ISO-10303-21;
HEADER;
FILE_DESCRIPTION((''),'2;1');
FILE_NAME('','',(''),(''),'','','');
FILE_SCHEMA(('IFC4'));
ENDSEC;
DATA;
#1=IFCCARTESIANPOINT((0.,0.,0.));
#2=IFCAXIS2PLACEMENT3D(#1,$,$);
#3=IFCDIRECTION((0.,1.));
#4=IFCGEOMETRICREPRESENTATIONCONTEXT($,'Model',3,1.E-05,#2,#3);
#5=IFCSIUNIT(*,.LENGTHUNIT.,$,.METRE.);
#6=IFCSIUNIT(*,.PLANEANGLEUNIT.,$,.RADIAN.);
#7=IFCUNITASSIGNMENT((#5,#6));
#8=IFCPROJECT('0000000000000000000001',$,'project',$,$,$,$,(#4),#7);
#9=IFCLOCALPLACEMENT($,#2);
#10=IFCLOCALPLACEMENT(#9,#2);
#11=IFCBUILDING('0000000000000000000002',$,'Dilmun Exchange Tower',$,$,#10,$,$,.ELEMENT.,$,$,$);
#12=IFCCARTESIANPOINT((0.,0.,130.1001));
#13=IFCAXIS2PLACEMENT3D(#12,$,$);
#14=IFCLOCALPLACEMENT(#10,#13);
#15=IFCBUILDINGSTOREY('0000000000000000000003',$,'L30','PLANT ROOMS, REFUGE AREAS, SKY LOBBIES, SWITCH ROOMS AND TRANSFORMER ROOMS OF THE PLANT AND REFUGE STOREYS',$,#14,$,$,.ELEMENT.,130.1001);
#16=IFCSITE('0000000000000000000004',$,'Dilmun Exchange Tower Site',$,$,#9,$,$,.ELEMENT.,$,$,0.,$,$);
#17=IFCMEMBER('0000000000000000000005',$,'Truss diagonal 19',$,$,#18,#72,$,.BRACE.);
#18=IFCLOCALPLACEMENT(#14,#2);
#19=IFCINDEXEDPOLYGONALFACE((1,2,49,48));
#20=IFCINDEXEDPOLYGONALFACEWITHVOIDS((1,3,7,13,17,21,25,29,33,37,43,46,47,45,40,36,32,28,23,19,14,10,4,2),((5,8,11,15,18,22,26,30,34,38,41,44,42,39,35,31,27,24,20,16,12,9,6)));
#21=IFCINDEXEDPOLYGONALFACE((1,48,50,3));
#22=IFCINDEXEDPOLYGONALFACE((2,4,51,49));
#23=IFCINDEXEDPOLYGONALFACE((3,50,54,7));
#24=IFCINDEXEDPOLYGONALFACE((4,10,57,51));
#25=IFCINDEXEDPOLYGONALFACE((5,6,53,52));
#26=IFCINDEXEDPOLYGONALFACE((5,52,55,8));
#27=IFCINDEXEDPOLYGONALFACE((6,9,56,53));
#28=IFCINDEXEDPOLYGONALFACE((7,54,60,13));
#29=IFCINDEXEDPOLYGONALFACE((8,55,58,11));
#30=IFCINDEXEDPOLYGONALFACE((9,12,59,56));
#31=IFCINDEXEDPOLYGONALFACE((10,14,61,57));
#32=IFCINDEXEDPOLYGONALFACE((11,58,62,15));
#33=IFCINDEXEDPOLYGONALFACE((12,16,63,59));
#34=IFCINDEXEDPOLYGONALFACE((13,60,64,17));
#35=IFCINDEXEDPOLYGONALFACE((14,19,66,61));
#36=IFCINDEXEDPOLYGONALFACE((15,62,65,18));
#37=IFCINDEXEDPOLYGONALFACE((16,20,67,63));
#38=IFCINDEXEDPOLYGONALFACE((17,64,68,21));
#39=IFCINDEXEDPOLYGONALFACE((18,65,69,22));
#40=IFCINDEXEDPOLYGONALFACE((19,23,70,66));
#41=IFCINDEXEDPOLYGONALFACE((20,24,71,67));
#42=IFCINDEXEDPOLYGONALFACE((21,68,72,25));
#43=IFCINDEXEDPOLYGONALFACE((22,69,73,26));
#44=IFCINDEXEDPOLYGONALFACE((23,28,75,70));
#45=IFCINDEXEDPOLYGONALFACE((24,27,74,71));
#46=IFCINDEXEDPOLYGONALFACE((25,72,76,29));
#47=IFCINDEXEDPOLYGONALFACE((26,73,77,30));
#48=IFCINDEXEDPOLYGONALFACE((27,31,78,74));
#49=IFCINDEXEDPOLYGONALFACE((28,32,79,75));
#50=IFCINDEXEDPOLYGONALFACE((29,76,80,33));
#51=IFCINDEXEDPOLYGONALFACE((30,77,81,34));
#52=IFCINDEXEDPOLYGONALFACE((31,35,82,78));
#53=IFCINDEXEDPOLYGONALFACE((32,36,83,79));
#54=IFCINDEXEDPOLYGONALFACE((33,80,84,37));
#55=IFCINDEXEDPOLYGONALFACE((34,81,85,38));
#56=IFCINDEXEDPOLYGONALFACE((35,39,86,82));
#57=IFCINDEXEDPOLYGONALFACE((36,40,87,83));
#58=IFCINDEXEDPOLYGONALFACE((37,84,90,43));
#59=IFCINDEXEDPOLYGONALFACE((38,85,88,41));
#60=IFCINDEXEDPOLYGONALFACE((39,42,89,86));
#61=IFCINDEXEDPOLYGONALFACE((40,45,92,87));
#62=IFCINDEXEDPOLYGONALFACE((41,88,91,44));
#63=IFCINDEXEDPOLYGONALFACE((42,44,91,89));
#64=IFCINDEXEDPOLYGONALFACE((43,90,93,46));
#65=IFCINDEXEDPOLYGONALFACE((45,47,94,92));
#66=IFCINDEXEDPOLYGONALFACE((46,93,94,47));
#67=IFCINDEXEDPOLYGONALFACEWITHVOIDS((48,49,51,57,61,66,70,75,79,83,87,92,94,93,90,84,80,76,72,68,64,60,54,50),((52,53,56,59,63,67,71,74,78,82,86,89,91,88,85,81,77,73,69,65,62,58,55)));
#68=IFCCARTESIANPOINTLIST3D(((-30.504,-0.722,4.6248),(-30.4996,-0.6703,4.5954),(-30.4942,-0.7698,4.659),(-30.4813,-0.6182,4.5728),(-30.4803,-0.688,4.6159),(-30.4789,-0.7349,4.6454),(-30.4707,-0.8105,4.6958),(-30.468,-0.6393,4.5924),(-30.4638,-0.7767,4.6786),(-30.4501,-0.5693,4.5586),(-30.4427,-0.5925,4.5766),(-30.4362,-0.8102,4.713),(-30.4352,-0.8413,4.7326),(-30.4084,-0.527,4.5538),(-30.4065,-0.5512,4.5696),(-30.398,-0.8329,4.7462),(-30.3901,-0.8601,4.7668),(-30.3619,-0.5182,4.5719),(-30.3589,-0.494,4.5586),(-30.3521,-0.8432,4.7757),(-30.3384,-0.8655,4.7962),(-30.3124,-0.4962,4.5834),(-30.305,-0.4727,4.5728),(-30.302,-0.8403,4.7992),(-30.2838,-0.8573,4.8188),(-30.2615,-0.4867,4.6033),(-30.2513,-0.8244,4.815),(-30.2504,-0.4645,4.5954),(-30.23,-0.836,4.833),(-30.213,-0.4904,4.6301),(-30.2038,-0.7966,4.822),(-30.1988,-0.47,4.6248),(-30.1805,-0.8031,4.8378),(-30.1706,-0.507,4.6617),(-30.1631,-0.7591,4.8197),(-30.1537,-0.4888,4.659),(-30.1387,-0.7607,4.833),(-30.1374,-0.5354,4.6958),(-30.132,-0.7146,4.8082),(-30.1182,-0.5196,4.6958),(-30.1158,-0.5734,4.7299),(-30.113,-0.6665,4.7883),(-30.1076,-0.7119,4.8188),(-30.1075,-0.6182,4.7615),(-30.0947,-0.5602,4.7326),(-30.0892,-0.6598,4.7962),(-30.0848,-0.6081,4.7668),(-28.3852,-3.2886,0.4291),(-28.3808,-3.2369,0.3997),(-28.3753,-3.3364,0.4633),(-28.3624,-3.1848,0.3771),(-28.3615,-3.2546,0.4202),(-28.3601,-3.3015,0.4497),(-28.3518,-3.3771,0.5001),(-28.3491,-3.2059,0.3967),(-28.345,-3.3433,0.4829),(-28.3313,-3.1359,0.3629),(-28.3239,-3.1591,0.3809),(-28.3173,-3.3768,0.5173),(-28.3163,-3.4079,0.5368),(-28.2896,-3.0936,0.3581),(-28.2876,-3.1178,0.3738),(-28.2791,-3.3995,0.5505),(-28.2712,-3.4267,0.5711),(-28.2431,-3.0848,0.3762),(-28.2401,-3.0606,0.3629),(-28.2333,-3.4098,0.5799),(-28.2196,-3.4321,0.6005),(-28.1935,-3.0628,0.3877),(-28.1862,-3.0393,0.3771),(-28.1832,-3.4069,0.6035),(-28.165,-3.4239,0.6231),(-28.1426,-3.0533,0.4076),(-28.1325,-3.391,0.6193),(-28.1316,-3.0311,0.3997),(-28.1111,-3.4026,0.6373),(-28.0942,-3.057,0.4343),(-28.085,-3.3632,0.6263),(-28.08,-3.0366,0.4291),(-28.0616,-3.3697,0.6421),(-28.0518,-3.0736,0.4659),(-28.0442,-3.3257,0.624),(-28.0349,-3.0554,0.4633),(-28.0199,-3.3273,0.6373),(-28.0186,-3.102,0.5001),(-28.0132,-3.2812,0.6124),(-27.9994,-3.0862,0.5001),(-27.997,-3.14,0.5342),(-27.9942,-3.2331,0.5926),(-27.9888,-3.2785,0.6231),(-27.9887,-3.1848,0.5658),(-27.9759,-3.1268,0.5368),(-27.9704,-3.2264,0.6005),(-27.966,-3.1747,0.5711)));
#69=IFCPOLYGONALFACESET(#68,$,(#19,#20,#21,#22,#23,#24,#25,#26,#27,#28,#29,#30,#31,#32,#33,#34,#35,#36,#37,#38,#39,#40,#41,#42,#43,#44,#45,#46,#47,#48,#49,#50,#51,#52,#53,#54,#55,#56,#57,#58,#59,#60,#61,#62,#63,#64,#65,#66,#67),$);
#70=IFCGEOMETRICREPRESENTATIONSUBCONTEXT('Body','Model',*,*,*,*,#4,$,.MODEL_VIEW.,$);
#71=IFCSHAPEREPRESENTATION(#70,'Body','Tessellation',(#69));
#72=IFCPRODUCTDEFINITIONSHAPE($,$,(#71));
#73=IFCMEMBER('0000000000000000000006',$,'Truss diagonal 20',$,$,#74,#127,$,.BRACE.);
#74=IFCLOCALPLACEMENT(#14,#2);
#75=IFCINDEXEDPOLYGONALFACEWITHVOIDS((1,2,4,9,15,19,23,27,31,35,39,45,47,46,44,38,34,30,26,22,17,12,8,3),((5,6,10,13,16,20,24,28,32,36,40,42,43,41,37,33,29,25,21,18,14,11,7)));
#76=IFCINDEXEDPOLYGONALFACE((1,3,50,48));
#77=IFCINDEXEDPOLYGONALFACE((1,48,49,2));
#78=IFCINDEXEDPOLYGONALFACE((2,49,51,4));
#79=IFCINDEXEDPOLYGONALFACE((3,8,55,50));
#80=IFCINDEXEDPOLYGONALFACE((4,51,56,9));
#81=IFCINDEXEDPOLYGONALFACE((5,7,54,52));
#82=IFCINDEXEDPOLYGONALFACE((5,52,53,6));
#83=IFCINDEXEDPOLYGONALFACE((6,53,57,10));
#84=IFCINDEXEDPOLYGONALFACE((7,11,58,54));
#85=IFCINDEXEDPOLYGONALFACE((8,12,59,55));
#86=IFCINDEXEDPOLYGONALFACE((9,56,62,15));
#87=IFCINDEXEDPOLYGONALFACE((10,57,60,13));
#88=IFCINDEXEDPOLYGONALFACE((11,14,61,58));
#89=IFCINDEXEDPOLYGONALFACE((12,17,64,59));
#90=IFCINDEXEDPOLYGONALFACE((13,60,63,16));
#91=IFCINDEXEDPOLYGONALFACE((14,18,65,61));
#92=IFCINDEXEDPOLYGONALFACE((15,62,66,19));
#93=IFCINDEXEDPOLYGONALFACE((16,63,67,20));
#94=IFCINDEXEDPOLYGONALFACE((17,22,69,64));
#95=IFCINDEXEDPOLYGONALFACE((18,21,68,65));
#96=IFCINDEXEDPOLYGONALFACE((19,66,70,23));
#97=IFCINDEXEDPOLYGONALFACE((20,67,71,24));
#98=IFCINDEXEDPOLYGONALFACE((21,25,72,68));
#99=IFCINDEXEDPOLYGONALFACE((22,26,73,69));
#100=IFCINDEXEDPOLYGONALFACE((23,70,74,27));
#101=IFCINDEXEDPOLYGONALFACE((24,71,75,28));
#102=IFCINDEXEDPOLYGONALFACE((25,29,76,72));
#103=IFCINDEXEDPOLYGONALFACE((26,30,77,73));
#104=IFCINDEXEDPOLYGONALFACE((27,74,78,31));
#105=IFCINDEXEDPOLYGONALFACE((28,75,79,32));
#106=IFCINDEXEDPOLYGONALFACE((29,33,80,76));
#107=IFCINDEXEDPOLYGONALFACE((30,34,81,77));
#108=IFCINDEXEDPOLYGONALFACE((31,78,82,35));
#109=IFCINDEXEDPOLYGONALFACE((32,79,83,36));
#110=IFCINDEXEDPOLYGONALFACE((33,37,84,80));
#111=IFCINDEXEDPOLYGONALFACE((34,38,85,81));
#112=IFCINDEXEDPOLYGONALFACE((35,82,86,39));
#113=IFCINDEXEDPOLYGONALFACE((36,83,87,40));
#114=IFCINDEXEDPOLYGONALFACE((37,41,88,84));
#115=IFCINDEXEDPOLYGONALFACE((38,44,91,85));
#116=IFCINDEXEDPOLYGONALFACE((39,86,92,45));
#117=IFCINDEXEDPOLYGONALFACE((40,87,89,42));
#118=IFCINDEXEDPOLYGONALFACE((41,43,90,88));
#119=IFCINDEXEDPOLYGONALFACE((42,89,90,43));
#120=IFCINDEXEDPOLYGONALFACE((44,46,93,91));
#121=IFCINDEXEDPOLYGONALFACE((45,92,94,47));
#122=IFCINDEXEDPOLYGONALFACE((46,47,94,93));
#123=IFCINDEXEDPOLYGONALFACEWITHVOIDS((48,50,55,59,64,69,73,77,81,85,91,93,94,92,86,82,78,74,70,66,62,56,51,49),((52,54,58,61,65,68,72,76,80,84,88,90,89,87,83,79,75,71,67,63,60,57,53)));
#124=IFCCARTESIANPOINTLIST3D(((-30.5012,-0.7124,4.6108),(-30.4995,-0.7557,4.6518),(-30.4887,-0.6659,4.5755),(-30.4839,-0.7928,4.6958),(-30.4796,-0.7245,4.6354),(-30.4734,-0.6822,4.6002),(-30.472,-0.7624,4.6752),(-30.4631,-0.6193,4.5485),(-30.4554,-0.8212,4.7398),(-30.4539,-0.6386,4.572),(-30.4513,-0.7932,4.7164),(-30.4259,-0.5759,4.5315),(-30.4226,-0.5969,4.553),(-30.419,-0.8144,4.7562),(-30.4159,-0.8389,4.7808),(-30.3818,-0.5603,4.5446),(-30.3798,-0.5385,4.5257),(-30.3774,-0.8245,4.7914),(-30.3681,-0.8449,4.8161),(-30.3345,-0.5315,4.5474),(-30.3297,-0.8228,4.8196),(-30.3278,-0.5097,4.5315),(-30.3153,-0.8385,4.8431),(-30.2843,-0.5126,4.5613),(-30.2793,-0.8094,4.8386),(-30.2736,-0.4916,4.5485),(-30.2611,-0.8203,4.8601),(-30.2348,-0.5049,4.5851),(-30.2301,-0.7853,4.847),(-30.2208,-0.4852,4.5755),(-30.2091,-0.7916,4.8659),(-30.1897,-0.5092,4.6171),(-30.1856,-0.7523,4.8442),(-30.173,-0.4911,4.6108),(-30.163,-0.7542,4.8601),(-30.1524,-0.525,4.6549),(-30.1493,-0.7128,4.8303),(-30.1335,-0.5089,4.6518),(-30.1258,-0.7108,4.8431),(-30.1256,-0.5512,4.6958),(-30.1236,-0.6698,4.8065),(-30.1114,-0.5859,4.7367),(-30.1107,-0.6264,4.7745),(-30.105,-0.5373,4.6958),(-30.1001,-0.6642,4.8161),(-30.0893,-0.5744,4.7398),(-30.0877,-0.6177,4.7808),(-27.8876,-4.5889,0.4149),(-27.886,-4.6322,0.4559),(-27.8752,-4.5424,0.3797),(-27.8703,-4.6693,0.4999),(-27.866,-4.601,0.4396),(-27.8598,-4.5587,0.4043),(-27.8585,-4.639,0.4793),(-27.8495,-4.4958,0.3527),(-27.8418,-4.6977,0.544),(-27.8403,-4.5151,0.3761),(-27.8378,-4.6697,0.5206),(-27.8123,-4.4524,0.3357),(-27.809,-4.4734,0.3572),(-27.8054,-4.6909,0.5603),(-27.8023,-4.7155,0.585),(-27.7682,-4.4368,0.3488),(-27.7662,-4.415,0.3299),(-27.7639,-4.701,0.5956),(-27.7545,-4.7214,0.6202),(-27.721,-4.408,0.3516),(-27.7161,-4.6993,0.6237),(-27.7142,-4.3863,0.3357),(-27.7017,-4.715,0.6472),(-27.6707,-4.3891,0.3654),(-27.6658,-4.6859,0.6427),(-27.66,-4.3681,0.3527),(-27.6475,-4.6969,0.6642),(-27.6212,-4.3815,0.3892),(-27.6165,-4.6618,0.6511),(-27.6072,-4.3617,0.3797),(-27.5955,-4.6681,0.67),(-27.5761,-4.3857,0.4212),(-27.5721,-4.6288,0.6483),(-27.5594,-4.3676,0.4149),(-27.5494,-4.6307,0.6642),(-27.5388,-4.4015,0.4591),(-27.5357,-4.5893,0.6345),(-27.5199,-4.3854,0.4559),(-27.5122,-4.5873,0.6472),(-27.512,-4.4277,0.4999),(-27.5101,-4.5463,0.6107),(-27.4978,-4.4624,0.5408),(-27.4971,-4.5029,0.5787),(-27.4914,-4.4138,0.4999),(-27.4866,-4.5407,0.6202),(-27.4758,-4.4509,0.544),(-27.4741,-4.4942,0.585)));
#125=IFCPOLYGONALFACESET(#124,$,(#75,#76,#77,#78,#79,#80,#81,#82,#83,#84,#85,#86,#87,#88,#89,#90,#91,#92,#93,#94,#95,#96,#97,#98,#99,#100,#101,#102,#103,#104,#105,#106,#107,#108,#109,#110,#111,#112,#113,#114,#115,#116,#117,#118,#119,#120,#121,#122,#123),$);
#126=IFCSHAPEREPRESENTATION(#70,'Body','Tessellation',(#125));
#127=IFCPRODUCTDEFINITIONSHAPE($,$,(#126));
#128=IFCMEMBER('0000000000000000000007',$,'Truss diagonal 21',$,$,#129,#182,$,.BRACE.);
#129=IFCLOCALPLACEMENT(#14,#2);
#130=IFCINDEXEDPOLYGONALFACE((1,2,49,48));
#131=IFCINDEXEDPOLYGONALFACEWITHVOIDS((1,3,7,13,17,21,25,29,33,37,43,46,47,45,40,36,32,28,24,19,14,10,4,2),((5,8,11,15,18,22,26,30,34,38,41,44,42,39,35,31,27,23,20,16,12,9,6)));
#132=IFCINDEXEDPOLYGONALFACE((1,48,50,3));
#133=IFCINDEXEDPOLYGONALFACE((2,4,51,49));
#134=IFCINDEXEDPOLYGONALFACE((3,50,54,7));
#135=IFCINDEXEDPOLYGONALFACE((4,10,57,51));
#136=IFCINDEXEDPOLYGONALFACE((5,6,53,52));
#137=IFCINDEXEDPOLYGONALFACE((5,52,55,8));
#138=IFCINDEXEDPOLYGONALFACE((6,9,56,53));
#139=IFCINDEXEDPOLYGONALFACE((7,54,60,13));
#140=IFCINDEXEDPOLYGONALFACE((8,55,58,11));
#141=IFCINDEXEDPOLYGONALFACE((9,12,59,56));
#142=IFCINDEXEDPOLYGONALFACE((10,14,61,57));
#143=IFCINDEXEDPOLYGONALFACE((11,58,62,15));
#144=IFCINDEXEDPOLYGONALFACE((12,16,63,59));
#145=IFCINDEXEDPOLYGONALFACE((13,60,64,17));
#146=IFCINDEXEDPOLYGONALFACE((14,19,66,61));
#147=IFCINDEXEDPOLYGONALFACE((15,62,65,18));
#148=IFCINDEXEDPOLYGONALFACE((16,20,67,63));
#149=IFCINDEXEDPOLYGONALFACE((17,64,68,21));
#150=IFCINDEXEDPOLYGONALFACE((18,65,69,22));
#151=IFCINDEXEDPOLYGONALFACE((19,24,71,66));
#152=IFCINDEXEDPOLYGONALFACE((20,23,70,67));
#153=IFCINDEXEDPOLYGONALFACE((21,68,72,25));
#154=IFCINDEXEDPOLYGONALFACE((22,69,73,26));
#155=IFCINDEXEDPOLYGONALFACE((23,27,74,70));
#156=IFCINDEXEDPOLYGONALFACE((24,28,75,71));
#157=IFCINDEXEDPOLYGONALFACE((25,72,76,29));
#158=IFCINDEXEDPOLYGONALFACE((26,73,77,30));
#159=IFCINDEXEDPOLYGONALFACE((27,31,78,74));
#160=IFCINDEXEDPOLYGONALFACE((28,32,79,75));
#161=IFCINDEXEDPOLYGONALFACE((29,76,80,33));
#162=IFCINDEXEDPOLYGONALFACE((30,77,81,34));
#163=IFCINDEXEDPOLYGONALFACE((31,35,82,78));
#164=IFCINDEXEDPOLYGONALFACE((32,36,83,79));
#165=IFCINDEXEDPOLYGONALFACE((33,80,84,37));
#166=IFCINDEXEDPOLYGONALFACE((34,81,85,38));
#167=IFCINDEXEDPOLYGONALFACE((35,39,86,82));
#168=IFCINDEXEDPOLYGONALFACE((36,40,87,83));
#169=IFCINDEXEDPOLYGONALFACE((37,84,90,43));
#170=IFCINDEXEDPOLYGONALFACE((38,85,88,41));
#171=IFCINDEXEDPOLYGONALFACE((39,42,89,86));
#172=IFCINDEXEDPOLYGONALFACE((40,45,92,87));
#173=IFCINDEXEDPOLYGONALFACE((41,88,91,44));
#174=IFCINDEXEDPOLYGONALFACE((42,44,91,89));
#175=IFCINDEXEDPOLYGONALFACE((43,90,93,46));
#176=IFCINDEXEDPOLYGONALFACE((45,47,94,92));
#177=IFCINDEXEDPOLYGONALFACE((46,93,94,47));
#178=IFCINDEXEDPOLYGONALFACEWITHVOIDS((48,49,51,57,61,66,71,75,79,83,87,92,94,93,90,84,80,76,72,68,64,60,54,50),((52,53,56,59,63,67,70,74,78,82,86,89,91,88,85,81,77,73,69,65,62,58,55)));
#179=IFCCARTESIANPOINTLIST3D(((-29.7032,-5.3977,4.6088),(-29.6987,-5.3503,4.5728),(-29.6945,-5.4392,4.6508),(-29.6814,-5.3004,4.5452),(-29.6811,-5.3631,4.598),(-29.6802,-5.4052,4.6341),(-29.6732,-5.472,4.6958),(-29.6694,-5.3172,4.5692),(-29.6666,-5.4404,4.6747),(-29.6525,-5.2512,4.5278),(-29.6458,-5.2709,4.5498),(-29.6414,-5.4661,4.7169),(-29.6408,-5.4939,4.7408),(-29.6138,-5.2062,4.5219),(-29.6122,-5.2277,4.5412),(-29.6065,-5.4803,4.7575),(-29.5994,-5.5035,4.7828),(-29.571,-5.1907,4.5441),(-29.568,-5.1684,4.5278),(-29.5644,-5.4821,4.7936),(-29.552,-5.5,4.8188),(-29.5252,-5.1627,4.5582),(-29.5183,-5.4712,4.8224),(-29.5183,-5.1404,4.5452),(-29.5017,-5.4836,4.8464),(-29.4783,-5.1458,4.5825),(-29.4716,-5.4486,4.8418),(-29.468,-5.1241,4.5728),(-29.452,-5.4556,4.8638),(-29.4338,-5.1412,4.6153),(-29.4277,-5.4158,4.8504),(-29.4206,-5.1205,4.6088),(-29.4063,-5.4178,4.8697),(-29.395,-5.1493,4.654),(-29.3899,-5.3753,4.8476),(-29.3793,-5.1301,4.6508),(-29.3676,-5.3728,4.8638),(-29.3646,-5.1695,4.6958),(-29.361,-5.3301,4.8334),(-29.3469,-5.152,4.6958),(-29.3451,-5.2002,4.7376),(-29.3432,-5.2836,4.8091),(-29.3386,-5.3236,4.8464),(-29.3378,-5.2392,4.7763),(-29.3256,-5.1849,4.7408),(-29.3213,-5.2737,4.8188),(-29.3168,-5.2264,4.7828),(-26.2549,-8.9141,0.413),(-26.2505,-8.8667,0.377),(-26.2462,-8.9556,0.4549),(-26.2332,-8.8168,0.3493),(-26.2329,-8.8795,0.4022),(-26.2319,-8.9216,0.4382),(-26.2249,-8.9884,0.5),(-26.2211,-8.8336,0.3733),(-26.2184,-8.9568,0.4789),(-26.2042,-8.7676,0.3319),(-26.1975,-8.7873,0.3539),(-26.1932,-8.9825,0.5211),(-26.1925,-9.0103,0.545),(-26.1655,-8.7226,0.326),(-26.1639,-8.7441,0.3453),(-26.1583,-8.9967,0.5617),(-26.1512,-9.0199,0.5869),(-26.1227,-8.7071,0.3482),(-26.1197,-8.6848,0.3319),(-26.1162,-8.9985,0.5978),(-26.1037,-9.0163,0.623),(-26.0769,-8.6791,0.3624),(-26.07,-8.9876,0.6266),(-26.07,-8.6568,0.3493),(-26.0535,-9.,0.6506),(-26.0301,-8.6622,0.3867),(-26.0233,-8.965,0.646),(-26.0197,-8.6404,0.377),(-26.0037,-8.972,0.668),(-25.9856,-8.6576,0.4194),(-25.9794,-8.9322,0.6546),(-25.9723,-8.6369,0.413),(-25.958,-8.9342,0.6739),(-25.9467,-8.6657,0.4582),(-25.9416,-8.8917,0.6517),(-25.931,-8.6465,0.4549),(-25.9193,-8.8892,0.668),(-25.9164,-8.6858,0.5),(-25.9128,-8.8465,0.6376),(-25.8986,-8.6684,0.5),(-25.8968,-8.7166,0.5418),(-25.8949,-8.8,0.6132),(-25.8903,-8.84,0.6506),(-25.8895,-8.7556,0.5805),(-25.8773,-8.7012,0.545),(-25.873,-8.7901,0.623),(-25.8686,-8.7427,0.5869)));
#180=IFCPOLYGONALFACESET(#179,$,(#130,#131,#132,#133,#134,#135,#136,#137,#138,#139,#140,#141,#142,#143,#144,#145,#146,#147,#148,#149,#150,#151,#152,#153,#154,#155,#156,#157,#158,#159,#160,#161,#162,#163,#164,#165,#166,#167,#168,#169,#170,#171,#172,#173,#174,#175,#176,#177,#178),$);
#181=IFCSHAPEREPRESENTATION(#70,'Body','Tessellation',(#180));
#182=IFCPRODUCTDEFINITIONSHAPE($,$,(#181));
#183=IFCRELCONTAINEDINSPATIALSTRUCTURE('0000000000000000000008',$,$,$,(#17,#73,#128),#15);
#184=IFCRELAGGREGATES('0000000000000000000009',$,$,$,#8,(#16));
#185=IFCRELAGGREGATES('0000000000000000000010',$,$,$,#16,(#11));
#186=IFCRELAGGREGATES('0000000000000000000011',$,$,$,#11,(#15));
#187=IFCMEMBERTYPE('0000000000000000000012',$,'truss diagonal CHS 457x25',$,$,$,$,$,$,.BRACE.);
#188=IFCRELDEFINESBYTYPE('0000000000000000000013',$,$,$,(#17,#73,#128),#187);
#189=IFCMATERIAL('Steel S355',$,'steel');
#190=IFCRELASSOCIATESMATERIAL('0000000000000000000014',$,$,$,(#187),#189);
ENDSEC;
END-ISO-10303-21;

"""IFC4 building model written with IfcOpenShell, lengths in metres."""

from ifc_helpers import new_model, si_unit, direction, frame, origin, origin_2d, place, context, subcontext, project, spatial, hollow_circle, extrude, material, material_profile, profile_set, type_object, element, save


model = new_model("IFC4")

# Units and contexts
model_context = context("Model", 3, precision=1e-05, world=origin(), true_north=direction((0.0, 1.0)))
body_context = subcontext(model_context, "Body", "Model", "MODEL_VIEW")
ifc_project = project(units=[si_unit("LENGTHUNIT", "METRE"), si_unit("PLANEANGLEUNIT", "RADIAN")], contexts=[model_context])

# Site, building, storey
site_placement = place(None, origin())
site = spatial("IfcSite", under=ifc_project, at=site_placement, Name="Dilmun Exchange Tower Site", CompositionType="ELEMENT", RefElevation=0.0)
building_placement = place(site_placement, origin())
building = spatial("IfcBuilding", under=site, at=building_placement, Name="Dilmun Exchange Tower", CompositionType="ELEMENT")
storey_placement = place(building_placement, frame((0.0, 0.0, 130.1001)))
storey = spatial("IfcBuildingStorey", under=building, at=storey_placement, Name="L30", Description="PLANT ROOMS, REFUGE AREAS, SKY LOBBIES, SWITCH ROOMS AND TRANSFORMER ROOMS OF THE PLANT AND REFUGE STOREYS", CompositionType="ELEMENT", Elevation=130.1001)

# Shared definitions
ifc_material_1 = material(Name="Steel S355", Category="steel")

# Members
ifc_material_profile_1 = material_profile(ifc_material_1, hollow_circle(Radius=0.2285, WallThickness=0.0249, at=origin_2d()), Name="CHS 457x25")
ifc_profile_set_1 = profile_set([ifc_material_profile_1], Name="Steel S355")
member_type = type_object("IfcMemberType", Name="truss diagonal CHS 457x25", PredefinedType="BRACE", material=ifc_profile_set_1)
member_1_placement = place(storey_placement, frame((-30.2944, -0.665, 4.6958), z_axis=(0.395643, -0.479249, -0.783446), x_axis=(0.771165, 0.636635, 0.0)))
element("IfcMember", 1, at=member_1_placement, inside=storey, type_object=member_type, Name="Truss diagonal 19", PredefinedType="BRACE", context=body_context, shape_type="SweptSolid", body=[
    extrude(hollow_circle(Radius=0.2285, WallThickness=0.0249, at=origin_2d()), origin(), (0.0, 0.0, 1.0), 5.3555),
])
member_2_placement = place(storey_placement, frame((-30.2944, -0.665, 4.6958), z_axis=(0.416041, -0.617085, -0.667919), x_axis=(0.829155, 0.559019, 0.0)))
element("IfcMember", 2, at=member_2_placement, inside=storey, type_object=member_type, Name="Truss diagonal 20", PredefinedType="BRACE", context=body_context, shape_type="SweptSolid", body=[
    extrude(hollow_circle(Radius=0.2285, WallThickness=0.0249, at=origin_2d()), origin(), (0.0, 0.0, 1.0), 6.282),
])
member_3_placement = place(storey_placement, frame((-29.51, -5.312, 4.6958), z_axis=(0.532965, -0.543493, -0.648509), x_axis=(0.713988, 0.700158, 0.0)))
element("IfcMember", 3, at=member_3_placement, inside=storey, type_object=member_type, Name="Truss diagonal 21", PredefinedType="BRACE", context=body_context, shape_type="SweptSolid", body=[
    extrude(hollow_circle(Radius=0.2285, WallThickness=0.0249, at=origin_2d()), origin(), (0.0, 0.0, 1.0), 6.47),
])

save(model, "model.ifc")
